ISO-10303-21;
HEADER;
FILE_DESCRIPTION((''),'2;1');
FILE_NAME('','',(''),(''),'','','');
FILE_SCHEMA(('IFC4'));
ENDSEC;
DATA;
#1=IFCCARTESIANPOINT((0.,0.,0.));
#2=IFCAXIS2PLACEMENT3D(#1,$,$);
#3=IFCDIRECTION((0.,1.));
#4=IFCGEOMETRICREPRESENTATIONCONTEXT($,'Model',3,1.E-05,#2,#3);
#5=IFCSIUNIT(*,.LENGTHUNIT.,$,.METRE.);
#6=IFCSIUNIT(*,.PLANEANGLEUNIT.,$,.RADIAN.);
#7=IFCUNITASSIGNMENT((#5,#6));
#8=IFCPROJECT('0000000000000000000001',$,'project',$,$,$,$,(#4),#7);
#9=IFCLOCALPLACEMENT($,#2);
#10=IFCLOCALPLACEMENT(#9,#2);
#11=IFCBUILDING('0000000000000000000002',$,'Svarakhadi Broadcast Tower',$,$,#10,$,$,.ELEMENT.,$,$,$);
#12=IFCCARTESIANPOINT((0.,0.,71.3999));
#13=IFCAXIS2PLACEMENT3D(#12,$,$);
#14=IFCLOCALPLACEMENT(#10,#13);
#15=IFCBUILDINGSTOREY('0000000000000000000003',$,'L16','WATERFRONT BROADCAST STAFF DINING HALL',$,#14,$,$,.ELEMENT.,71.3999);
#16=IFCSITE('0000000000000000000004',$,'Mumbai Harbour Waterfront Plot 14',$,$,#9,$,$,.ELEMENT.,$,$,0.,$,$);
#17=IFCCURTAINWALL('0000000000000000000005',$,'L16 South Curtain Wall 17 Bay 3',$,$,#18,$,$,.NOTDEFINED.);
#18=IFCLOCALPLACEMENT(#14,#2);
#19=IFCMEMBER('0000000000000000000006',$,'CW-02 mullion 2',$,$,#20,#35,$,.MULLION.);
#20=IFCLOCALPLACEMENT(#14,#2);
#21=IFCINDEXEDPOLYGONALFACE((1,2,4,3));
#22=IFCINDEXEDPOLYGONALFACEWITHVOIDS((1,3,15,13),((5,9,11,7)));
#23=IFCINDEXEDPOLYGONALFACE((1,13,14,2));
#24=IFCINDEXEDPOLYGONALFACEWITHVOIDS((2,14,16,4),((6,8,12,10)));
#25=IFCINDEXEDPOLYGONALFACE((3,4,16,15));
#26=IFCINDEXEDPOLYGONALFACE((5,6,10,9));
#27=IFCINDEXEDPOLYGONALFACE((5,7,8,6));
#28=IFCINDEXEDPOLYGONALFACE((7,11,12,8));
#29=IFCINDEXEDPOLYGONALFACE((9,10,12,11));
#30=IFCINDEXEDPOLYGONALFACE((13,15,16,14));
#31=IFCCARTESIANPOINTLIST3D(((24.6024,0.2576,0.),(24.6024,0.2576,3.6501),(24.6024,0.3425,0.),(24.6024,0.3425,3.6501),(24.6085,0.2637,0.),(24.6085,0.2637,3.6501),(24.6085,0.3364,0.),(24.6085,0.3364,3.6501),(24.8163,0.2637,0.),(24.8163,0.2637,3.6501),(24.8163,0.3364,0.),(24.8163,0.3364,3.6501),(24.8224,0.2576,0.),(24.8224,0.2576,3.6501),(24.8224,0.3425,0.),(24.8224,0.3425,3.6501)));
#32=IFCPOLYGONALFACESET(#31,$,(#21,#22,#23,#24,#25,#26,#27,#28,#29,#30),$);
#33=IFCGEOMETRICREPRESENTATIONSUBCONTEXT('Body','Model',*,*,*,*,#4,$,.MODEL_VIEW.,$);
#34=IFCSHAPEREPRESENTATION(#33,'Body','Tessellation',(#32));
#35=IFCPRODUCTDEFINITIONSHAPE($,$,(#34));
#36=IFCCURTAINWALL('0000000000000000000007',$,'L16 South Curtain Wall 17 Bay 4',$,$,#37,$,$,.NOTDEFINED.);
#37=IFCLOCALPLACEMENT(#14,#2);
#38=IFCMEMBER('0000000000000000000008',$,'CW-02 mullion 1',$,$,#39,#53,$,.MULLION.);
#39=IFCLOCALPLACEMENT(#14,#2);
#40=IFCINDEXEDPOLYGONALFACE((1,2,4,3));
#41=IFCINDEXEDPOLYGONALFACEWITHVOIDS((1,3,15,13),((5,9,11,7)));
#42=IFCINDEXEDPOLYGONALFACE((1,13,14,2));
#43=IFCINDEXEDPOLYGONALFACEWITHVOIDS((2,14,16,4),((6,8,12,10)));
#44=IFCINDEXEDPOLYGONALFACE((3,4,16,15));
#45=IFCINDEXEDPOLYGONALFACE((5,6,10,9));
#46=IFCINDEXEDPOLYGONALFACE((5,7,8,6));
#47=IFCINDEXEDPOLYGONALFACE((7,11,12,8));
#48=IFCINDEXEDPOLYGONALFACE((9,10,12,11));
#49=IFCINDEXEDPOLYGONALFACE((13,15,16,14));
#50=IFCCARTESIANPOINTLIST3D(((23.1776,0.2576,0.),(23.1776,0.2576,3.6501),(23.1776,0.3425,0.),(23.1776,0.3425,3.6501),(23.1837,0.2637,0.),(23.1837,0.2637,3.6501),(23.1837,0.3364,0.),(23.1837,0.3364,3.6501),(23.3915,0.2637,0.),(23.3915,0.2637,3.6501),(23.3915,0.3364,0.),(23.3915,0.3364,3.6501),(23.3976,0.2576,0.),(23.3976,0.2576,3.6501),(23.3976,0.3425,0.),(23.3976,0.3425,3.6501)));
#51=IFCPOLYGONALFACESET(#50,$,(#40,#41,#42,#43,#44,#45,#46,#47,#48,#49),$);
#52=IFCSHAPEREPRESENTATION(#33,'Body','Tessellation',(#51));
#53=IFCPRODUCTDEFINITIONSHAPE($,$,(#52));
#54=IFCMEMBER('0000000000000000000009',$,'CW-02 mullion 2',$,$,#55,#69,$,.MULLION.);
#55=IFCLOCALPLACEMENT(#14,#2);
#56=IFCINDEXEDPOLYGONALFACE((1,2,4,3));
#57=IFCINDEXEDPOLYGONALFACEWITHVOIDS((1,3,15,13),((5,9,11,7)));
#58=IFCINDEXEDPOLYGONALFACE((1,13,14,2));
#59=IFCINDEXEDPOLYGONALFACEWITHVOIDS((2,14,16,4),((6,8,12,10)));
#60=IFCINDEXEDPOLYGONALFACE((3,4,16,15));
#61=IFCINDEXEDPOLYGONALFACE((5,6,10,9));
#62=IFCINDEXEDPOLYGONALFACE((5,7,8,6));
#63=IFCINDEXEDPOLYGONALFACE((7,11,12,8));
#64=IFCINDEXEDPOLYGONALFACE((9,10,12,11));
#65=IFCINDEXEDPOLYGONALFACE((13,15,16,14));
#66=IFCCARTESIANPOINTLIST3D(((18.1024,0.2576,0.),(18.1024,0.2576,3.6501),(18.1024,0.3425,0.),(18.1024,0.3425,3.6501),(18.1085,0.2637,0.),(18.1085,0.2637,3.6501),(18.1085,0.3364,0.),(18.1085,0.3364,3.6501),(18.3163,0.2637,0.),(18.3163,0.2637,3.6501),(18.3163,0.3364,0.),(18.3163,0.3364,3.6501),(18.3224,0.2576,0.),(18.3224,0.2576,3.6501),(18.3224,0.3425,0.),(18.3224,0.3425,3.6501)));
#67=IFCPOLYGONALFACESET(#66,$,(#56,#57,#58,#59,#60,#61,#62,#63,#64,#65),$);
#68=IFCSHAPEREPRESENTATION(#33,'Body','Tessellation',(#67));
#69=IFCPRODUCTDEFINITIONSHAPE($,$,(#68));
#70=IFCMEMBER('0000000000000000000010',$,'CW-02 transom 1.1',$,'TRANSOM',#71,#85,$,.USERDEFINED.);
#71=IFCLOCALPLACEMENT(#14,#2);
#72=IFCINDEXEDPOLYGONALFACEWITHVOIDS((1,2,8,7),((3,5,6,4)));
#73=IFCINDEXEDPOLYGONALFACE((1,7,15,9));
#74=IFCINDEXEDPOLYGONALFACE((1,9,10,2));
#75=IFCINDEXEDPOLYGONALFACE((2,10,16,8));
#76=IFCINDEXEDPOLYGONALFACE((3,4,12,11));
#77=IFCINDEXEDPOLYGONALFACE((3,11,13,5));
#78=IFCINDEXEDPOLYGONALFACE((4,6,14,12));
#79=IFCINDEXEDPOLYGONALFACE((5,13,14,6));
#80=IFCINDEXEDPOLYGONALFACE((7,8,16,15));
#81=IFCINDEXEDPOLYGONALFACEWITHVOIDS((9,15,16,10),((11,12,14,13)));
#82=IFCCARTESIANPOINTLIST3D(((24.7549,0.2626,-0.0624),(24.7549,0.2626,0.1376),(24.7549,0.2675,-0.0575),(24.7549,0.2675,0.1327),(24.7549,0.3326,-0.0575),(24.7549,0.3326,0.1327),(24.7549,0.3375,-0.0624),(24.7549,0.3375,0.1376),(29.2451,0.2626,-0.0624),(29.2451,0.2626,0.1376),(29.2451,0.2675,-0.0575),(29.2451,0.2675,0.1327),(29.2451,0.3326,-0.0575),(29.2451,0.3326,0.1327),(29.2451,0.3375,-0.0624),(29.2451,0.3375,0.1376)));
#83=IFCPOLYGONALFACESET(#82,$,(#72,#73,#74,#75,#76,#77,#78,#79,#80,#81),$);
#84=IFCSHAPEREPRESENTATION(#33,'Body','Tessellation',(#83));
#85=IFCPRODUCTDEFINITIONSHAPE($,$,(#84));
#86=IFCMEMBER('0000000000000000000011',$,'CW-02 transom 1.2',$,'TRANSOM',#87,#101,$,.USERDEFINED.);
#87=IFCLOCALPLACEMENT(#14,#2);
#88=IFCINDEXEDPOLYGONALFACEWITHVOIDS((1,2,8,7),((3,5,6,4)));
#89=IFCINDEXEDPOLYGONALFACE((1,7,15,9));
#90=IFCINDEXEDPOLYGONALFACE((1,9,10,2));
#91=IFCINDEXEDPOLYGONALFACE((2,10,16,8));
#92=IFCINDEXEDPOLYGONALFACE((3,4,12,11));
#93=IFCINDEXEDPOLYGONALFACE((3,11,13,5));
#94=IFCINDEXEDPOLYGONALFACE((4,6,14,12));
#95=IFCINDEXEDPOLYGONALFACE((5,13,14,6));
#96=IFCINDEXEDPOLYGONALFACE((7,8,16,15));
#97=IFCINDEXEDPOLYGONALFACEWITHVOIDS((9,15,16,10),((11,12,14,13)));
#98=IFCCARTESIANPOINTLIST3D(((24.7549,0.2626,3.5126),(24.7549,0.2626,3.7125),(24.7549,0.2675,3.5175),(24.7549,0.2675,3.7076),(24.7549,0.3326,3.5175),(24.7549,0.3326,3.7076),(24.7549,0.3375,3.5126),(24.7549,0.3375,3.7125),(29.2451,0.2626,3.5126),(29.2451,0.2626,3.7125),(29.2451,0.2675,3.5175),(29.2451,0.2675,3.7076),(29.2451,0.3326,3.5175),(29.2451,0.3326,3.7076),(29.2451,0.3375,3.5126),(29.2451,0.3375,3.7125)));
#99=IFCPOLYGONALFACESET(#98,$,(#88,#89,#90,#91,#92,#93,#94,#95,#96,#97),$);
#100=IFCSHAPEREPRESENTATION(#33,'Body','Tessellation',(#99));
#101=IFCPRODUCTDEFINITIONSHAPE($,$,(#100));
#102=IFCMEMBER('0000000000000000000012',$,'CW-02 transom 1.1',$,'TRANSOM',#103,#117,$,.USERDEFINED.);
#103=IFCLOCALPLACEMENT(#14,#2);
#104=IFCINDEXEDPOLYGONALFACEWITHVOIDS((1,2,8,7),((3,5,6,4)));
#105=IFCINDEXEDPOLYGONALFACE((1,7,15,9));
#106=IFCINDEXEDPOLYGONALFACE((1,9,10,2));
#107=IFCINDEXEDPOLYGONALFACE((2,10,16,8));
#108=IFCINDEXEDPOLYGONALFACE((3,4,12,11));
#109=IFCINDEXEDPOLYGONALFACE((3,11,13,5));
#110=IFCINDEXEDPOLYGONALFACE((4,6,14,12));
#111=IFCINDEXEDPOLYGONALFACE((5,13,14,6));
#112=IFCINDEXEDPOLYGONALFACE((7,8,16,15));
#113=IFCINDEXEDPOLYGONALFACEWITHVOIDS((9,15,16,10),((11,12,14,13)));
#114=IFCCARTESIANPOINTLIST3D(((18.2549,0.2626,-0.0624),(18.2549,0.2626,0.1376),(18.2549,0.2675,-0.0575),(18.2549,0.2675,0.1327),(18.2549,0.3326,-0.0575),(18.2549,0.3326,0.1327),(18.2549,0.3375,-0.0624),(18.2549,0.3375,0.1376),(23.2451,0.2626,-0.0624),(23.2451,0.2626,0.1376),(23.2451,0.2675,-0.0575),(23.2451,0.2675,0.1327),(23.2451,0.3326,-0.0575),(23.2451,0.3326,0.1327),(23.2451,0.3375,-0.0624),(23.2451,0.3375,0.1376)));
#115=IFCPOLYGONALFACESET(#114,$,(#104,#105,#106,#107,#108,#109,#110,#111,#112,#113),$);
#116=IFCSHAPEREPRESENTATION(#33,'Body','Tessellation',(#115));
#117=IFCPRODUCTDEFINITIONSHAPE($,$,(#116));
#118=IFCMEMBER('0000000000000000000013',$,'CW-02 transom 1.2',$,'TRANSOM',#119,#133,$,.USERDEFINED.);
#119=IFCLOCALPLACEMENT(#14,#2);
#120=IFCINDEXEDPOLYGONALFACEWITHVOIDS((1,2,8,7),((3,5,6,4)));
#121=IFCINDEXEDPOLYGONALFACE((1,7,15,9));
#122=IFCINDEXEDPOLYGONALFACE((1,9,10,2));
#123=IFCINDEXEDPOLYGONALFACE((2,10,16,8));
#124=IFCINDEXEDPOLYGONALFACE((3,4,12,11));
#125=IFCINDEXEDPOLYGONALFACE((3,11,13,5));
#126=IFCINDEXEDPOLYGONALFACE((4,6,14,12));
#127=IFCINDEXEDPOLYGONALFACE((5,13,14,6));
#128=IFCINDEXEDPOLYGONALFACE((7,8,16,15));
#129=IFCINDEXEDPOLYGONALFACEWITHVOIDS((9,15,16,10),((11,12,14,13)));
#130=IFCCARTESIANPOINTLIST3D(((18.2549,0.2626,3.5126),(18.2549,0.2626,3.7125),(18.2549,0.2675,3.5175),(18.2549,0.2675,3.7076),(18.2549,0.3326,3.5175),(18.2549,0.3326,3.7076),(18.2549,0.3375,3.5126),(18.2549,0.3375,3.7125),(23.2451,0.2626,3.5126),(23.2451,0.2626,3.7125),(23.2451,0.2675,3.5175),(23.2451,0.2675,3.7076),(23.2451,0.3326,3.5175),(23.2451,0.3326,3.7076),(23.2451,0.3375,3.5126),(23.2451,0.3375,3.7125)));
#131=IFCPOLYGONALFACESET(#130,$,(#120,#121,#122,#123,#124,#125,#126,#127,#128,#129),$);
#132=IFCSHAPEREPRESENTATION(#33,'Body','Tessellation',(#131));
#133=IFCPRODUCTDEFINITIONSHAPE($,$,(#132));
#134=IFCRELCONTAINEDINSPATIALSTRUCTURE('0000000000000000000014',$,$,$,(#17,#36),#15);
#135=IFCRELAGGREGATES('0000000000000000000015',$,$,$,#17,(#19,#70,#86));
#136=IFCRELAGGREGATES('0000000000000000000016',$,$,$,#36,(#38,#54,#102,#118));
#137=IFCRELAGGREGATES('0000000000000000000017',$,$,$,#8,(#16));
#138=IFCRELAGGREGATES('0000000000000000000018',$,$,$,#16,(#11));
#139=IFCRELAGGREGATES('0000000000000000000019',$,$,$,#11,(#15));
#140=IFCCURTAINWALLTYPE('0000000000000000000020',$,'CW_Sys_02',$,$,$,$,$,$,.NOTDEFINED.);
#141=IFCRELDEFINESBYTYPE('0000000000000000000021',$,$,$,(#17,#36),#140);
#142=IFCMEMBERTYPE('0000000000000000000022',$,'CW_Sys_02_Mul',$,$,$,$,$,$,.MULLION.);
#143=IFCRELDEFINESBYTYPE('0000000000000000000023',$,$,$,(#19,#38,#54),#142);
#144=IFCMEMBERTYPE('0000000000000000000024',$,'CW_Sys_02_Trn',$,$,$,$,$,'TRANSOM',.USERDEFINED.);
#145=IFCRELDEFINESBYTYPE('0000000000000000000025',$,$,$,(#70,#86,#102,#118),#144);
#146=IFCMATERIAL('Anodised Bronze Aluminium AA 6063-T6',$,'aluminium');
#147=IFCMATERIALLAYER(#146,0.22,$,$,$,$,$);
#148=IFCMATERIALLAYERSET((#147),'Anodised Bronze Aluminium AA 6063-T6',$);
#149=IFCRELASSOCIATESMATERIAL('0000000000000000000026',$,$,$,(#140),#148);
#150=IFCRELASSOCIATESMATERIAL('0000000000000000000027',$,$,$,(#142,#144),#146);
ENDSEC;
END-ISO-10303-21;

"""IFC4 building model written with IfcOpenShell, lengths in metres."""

from ifc_helpers import new_model, si_unit, direction, frame, origin, origin_2d, place, context, subcontext, project, spatial, hollow_rectangle, extrude, material, layer, layer_set, material_profile, profile_set, type_object, element, aggregate, save


model = new_model("IFC4")

# Units and contexts
model_context = context("Model", 3, precision=1e-05, world=origin(), true_north=direction((0.0, 1.0)))
body_context = subcontext(model_context, "Body", "Model", "MODEL_VIEW")
ifc_project = project(units=[si_unit("LENGTHUNIT", "METRE"), si_unit("PLANEANGLEUNIT", "RADIAN")], contexts=[model_context])

# Site, building, storey
site_placement = place(None, origin())
site = spatial("IfcSite", under=ifc_project, at=site_placement, Name="Mumbai Harbour Waterfront Plot 14", CompositionType="ELEMENT", RefElevation=0.0)
building_placement = place(site_placement, origin())
building = spatial("IfcBuilding", under=site, at=building_placement, Name="Svarakhadi Broadcast Tower", CompositionType="ELEMENT")
storey_placement = place(building_placement, frame((0.0, 0.0, 71.3999)))
storey = spatial("IfcBuildingStorey", under=building, at=storey_placement, Name="L16", Description="WATERFRONT BROADCAST STAFF DINING HALL", CompositionType="ELEMENT", Elevation=71.3999)

# Curtain wall, member
ifc_material_1 = material(Name="Anodised Bronze Aluminium AA 6063-T6", Category="aluminium")
ifc_layer_1 = layer(ifc_material_1, 0.22)
ifc_layer_set_1 = layer_set([ifc_layer_1], Name="Anodised Bronze Aluminium AA 6063-T6")
curtain_wall_type = type_object("IfcCurtainWallType", Name="CW_Sys_02", PredefinedType="NOTDEFINED", material=ifc_layer_set_1)
curtain_wall_1_placement = place(storey_placement, origin())
curtain_wall_1 = element("IfcCurtainWall", 1, at=curtain_wall_1_placement, inside=storey, type_object=curtain_wall_type, Name="L16 South Curtain Wall 17 Bay 3", PredefinedType="NOTDEFINED")
ifc_material_profile_1 = material_profile(ifc_material_1, hollow_rectangle(XDim=0.085, YDim=0.22, WallThickness=0.0061, at=origin_2d()), Name="ALU MULLION 220x85x6")
ifc_profile_set_1 = profile_set([ifc_material_profile_1], Name="Anodised Bronze Aluminium AA 6063-T6")
member_type_1 = type_object("IfcMemberType", Name="CW_Sys_02_Mul", PredefinedType="MULLION", material=ifc_profile_set_1)
member_1_placement = place(storey_placement, frame((24.7124, 0.3, 0.0), z_axis=(0.0, 0.0, 1.0), x_axis=(0.0, -1.0, 0.0)))
member_1 = element("IfcMember", 2, at=member_1_placement, type_object=member_type_1, Name="CW-02 mullion 2", PredefinedType="MULLION", context=body_context, shape_type="SweptSolid", body=[
    extrude(hollow_rectangle(XDim=0.085, YDim=0.22, WallThickness=0.0061, at=origin_2d()), origin(), (0.0, 0.0, 1.0), 3.6501),
])

# Curtain wall, members
curtain_wall_2_placement = place(storey_placement, origin())
curtain_wall_2 = element("IfcCurtainWall", 3, at=curtain_wall_2_placement, inside=storey, type_object=curtain_wall_type, Name="L16 South Curtain Wall 17 Bay 4", PredefinedType="NOTDEFINED")
member_2_placement = place(storey_placement, frame((23.2876, 0.3, 0.0), z_axis=(0.0, 0.0, 1.0), x_axis=(0.0, -1.0, 0.0)))
member_2 = element("IfcMember", 4, at=member_2_placement, type_object=member_type_1, Name="CW-02 mullion 1", PredefinedType="MULLION", context=body_context, shape_type="SweptSolid", body=[
    extrude(hollow_rectangle(XDim=0.085, YDim=0.22, WallThickness=0.0061, at=origin_2d()), origin(), (0.0, 0.0, 1.0), 3.6501),
])
member_3_placement = place(storey_placement, frame((18.2124, 0.3, 0.0), z_axis=(0.0, 0.0, 1.0), x_axis=(0.0, -1.0, 0.0)))
member_3 = element("IfcMember", 5, at=member_3_placement, type_object=member_type_1, Name="CW-02 mullion 2", PredefinedType="MULLION", context=body_context, shape_type="SweptSolid", body=[
    extrude(hollow_rectangle(XDim=0.085, YDim=0.22, WallThickness=0.0061, at=origin_2d()), origin(), (0.0, 0.0, 1.0), 3.6501),
])

# Members
ifc_material_profile_2 = material_profile(ifc_material_1, hollow_rectangle(XDim=0.075, YDim=0.2, WallThickness=0.0049, at=origin_2d()), Name="ALU TRANSOM 200x75x5")
ifc_profile_set_2 = profile_set([ifc_material_profile_2], Name="Anodised Bronze Aluminium AA 6063-T6")
member_type_2 = type_object("IfcMemberType", Name="CW_Sys_02_Trn", ElementType="TRANSOM", PredefinedType="USERDEFINED", material=ifc_profile_set_2)
member_4_placement = place(storey_placement, frame((29.2451, 0.3, 0.0376), z_axis=(-1.0, 0.0, 0.0), x_axis=(0.0, -1.0, 0.0)))
member_4 = element("IfcMember", 6, at=member_4_placement, type_object=member_type_2, Name="CW-02 transom 1.1", ObjectType="TRANSOM", PredefinedType="USERDEFINED", context=body_context, shape_type="SweptSolid", body=[
    extrude(hollow_rectangle(XDim=0.075, YDim=0.2, WallThickness=0.0049, at=origin_2d()), origin(), (0.0, 0.0, 1.0), 4.4902),
])
member_5_placement = place(storey_placement, frame((29.2451, 0.3, 3.6125), z_axis=(-1.0, 0.0, 0.0), x_axis=(0.0, -1.0, 0.0)))
member_5 = element("IfcMember", 7, at=member_5_placement, type_object=member_type_2, Name="CW-02 transom 1.2", ObjectType="TRANSOM", PredefinedType="USERDEFINED", context=body_context, shape_type="SweptSolid", body=[
    extrude(hollow_rectangle(XDim=0.075, YDim=0.2, WallThickness=0.0049, at=origin_2d()), origin(), (0.0, 0.0, 1.0), 4.4902),
])
member_6_placement = place(storey_placement, frame((23.2451, 0.3, 0.0376), z_axis=(-1.0, 0.0, 0.0), x_axis=(0.0, -1.0, 0.0)))
member_6 = element("IfcMember", 8, at=member_6_placement, type_object=member_type_2, Name="CW-02 transom 1.1", ObjectType="TRANSOM", PredefinedType="USERDEFINED", context=body_context, shape_type="SweptSolid", body=[
    extrude(hollow_rectangle(XDim=0.075, YDim=0.2, WallThickness=0.0049, at=origin_2d()), origin(), (0.0, 0.0, 1.0), 4.9902),
])
member_7_placement = place(storey_placement, frame((23.2451, 0.3, 3.6125), z_axis=(-1.0, 0.0, 0.0), x_axis=(0.0, -1.0, 0.0)))
member_7 = element("IfcMember", 9, at=member_7_placement, type_object=member_type_2, Name="CW-02 transom 1.2", ObjectType="TRANSOM", PredefinedType="USERDEFINED", context=body_context, shape_type="SweptSolid", body=[
    extrude(hollow_rectangle(XDim=0.075, YDim=0.2, WallThickness=0.0049, at=origin_2d()), origin(), (0.0, 0.0, 1.0), 4.9902),
])

aggregate(curtain_wall_1, [member_1, member_4, member_5])
aggregate(curtain_wall_2, [member_2, member_3, member_6, member_7])

save(model, "model.ifc")
